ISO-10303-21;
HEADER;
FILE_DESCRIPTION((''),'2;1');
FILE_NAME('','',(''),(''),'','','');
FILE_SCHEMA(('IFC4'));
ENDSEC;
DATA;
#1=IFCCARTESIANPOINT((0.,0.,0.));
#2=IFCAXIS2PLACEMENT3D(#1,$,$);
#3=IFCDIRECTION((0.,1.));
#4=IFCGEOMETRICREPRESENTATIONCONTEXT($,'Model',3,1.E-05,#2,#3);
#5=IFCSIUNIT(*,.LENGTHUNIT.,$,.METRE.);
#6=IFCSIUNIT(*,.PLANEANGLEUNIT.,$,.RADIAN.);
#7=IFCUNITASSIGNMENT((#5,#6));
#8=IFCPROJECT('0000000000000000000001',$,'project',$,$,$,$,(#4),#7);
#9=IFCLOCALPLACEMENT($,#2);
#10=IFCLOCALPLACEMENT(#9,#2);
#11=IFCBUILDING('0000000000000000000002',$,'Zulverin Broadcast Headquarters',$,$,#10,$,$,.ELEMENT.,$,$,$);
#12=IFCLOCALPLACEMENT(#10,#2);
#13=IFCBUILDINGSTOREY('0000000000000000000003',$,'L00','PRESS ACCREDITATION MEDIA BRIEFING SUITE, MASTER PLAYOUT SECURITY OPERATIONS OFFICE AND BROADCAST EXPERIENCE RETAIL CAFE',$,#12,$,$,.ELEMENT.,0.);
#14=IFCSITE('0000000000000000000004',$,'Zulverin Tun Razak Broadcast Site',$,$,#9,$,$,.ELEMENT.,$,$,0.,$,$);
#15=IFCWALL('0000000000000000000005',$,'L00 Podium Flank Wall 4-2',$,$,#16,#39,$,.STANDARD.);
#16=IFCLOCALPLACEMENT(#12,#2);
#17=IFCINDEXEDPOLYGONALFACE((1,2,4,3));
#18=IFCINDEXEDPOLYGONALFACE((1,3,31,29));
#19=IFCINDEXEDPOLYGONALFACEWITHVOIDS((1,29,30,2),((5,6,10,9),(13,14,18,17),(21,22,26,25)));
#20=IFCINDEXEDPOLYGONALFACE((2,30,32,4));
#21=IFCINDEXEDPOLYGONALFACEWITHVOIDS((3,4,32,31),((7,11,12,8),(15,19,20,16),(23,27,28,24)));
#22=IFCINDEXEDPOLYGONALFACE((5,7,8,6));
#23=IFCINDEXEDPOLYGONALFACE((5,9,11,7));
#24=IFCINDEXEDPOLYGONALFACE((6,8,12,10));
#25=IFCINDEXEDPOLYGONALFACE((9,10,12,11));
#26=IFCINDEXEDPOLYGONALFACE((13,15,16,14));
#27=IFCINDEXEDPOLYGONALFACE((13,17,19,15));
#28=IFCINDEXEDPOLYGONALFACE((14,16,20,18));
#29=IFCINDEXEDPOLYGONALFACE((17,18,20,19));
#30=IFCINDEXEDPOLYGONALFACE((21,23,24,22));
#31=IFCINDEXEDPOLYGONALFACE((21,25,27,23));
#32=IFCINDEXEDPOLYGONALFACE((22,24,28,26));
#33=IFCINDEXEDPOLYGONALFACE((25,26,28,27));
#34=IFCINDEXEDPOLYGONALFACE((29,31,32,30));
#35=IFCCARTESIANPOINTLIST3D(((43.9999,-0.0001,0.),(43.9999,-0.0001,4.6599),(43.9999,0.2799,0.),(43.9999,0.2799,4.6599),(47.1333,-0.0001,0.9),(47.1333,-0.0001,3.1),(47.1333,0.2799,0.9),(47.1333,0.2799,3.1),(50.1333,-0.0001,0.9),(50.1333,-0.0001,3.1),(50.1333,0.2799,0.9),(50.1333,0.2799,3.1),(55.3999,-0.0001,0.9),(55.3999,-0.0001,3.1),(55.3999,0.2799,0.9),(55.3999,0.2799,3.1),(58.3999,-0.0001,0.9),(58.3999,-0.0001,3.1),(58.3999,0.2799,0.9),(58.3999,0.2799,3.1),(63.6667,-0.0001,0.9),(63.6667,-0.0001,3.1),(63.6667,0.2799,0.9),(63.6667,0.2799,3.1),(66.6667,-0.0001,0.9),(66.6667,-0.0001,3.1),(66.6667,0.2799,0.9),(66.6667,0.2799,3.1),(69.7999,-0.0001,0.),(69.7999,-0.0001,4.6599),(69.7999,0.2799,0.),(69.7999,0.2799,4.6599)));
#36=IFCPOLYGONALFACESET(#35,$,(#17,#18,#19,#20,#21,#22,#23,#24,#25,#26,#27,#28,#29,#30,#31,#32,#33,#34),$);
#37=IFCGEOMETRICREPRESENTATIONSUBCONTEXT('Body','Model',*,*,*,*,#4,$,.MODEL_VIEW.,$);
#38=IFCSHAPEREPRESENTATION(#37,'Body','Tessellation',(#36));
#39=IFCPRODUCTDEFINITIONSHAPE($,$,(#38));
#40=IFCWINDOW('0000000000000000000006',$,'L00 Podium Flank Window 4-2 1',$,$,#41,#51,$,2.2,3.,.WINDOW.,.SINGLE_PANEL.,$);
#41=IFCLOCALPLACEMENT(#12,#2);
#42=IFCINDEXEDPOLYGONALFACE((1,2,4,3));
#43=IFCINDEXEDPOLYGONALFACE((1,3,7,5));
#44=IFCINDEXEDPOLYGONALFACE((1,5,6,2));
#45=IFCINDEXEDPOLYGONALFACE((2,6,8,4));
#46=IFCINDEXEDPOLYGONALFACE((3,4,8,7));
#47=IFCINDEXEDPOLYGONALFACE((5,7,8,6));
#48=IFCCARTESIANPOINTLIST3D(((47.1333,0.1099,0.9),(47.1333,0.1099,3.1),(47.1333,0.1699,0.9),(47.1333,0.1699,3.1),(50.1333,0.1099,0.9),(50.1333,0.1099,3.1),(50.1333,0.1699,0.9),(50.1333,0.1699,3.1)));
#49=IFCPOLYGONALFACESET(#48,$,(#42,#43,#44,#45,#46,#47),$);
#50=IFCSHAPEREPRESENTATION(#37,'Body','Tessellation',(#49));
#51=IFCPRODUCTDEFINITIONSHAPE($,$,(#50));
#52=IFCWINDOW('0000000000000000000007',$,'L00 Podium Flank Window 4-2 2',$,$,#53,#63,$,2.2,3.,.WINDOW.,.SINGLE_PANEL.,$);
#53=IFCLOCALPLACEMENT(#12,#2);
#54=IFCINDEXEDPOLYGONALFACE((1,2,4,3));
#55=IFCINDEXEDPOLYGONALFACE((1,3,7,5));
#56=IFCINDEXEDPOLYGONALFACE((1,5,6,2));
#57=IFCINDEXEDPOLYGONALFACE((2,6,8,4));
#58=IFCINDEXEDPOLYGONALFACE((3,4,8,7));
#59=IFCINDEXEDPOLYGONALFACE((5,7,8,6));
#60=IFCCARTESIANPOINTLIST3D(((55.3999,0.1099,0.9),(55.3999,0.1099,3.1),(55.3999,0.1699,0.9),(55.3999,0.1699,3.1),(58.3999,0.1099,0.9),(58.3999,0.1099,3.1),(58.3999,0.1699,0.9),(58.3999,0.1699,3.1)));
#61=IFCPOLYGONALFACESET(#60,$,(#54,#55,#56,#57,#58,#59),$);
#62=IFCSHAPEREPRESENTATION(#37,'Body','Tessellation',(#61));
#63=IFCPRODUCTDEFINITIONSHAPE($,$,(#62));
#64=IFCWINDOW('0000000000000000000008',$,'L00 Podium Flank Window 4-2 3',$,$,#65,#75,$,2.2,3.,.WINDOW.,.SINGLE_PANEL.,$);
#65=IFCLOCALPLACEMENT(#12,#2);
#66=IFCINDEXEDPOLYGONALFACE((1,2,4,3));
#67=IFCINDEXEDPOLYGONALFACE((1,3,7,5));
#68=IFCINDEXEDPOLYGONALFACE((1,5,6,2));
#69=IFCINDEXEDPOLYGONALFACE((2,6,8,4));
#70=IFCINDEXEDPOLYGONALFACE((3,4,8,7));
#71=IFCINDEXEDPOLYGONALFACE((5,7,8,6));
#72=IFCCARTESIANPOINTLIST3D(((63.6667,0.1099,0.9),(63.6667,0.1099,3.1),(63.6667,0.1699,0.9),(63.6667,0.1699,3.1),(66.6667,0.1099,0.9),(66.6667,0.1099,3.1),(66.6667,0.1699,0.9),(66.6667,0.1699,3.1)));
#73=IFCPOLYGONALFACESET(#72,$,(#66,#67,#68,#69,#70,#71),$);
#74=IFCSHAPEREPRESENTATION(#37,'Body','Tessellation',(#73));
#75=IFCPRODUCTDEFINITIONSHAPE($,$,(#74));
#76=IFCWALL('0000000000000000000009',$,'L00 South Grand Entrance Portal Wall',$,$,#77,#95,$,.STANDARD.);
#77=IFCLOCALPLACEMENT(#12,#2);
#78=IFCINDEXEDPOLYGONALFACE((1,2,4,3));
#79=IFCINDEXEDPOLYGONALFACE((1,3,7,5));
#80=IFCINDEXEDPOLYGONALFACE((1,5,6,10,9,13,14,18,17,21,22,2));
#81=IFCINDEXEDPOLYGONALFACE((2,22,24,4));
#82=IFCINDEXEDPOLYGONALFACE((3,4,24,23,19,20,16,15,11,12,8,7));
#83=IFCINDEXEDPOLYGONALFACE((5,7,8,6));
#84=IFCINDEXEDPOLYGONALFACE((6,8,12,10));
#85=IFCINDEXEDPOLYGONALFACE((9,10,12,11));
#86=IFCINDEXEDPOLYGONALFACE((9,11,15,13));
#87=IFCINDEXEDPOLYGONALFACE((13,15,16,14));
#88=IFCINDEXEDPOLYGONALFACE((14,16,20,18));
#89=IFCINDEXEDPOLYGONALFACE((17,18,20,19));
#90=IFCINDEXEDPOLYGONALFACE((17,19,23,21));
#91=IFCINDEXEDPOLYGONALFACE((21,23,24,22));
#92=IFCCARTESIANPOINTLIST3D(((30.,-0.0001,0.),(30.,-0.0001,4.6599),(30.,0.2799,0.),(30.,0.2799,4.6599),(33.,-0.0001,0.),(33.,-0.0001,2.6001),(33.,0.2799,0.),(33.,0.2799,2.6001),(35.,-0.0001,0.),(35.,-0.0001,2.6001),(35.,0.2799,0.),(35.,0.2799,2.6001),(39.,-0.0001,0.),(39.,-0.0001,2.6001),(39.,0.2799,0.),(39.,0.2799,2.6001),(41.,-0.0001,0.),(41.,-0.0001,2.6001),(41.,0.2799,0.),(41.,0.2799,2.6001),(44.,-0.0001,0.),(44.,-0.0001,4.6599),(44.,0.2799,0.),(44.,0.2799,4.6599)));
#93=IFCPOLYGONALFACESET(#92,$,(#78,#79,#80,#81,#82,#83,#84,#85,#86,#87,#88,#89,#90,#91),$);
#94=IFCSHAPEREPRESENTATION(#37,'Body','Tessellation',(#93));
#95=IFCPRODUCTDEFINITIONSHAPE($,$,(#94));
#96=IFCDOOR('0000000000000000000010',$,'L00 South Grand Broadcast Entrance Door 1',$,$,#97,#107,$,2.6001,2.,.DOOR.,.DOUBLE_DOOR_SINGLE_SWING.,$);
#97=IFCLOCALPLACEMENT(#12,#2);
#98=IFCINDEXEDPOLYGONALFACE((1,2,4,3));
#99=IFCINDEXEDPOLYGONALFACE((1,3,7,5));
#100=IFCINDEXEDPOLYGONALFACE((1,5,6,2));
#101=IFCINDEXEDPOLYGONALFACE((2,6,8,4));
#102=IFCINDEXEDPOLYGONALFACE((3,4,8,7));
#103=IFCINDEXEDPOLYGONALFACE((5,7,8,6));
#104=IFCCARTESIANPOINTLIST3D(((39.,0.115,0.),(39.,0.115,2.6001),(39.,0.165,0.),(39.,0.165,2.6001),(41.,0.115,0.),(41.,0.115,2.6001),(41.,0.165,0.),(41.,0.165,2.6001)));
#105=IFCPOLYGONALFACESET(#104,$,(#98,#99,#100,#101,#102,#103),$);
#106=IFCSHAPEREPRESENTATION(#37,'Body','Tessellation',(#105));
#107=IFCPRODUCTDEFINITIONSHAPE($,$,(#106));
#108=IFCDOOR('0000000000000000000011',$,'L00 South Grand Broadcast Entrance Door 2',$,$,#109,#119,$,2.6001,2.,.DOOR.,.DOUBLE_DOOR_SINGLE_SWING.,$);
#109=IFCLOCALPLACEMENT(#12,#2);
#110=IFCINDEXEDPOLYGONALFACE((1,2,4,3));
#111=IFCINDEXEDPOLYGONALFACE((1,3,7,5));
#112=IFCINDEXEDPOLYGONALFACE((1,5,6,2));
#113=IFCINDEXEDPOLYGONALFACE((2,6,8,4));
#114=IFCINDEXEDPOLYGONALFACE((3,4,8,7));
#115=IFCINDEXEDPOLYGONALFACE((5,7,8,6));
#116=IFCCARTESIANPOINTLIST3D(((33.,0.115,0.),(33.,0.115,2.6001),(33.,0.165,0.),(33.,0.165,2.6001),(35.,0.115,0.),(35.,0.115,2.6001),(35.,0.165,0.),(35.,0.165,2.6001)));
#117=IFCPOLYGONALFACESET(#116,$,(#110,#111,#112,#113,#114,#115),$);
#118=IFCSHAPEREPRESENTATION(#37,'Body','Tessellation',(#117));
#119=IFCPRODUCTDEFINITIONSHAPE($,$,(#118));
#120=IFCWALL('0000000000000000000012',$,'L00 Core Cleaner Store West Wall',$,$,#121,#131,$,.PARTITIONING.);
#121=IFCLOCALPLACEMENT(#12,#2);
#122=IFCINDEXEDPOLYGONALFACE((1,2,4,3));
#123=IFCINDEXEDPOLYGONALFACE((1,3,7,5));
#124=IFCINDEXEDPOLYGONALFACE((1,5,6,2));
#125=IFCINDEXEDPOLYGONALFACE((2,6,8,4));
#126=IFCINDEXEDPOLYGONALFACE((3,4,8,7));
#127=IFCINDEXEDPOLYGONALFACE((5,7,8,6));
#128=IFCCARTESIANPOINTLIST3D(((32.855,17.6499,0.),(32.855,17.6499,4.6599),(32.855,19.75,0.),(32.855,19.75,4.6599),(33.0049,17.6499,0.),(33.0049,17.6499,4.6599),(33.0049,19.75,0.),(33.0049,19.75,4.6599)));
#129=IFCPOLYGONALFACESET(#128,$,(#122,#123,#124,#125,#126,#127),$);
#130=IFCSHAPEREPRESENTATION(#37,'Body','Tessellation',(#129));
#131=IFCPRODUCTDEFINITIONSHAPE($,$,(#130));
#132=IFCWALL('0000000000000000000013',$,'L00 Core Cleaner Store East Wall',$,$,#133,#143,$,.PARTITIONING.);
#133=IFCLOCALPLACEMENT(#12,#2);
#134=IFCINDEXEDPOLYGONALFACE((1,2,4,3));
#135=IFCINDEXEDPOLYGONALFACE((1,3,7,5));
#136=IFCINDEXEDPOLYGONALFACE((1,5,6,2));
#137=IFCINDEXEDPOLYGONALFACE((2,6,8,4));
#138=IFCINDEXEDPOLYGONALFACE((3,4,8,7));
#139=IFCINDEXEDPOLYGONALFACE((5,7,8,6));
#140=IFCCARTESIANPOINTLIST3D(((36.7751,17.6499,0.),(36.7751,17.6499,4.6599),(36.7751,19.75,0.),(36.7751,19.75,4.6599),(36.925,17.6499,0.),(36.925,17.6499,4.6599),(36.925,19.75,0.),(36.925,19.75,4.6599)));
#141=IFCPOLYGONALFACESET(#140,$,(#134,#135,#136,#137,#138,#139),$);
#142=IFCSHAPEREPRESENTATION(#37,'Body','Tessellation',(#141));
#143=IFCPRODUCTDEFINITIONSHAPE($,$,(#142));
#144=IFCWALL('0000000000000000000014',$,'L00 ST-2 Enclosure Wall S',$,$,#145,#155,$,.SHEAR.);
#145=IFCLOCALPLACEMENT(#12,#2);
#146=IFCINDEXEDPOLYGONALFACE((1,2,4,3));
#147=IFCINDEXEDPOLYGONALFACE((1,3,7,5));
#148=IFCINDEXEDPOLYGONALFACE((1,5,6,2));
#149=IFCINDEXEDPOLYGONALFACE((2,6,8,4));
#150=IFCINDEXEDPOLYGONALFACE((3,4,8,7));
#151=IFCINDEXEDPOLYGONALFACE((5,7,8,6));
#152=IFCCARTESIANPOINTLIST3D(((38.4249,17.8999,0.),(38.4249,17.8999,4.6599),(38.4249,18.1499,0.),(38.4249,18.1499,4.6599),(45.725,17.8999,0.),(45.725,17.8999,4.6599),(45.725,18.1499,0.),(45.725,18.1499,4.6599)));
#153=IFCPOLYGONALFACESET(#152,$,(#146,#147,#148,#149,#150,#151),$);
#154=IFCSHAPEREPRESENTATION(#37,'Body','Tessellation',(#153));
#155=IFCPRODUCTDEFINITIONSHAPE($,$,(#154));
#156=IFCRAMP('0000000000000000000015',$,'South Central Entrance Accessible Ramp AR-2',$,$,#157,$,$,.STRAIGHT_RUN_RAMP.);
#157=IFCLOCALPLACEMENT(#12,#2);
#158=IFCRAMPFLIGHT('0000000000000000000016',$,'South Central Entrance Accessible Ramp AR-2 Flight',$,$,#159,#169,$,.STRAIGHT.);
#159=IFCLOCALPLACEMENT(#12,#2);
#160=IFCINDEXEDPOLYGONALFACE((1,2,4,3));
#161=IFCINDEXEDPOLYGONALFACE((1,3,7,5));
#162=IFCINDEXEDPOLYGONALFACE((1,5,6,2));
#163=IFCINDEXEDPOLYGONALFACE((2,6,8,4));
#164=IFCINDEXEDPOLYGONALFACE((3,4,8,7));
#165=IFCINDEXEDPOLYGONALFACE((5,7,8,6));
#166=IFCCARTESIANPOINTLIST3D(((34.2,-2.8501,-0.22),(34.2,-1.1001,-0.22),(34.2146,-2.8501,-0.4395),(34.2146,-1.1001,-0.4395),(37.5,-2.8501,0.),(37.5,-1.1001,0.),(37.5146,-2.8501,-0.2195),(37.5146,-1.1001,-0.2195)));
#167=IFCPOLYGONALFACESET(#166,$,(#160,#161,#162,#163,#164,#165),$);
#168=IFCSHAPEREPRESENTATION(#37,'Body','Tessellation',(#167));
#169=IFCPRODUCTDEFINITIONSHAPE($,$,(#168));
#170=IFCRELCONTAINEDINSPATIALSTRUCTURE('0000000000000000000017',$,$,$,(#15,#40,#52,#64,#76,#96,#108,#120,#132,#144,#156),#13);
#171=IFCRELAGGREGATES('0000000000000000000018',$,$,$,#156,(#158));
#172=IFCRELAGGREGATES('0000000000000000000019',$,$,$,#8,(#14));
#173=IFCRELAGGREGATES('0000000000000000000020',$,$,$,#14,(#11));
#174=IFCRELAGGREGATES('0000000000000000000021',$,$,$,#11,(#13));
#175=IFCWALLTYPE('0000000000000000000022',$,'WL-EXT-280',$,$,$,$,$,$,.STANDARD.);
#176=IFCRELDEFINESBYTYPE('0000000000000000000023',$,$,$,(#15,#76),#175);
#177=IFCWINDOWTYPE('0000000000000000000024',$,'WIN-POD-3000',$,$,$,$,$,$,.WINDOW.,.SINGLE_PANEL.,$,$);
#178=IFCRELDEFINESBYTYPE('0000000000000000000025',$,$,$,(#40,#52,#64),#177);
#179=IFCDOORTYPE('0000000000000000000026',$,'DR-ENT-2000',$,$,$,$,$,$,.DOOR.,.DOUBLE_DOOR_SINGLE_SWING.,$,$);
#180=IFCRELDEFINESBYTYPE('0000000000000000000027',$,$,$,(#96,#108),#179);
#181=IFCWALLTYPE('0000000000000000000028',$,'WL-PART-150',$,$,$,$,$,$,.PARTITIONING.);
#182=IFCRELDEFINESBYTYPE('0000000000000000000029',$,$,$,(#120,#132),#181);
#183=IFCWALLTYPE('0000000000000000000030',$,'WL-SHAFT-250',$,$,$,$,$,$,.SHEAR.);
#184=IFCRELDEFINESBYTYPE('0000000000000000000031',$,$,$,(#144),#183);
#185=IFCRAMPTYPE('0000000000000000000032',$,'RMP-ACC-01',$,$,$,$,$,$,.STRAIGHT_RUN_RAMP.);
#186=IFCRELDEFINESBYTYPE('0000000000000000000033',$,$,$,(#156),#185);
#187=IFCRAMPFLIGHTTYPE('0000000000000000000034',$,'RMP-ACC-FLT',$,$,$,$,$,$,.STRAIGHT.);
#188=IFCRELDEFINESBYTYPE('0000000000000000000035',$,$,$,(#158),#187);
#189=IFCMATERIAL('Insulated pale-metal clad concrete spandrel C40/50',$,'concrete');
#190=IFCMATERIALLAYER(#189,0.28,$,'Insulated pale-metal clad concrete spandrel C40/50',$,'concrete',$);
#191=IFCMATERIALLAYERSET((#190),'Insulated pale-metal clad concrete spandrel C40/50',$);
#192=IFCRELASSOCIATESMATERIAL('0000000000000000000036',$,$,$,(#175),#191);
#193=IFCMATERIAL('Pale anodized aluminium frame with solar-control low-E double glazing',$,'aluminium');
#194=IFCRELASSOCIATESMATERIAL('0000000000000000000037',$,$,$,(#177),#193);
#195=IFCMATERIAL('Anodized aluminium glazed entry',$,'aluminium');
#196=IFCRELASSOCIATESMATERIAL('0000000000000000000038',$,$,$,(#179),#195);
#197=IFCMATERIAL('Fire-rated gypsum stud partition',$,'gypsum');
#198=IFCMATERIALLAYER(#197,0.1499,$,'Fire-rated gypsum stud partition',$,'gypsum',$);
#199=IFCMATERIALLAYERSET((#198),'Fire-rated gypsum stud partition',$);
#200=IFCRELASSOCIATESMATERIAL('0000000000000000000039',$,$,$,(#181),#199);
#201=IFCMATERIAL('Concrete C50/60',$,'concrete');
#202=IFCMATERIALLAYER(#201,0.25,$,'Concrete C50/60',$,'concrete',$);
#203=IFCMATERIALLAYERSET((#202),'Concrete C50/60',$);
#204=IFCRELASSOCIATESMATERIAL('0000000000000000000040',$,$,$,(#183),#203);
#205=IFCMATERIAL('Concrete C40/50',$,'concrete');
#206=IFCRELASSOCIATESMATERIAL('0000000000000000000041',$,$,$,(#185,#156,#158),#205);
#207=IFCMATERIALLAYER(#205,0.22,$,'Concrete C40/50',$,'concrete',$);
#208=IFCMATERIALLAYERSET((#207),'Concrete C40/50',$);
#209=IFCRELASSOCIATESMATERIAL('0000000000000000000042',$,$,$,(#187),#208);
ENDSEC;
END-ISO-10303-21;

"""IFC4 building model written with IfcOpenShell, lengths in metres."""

from ifc_helpers import new_model, si_unit, direction, frame, frame_2d, origin, place, context, subcontext, project, spatial, polyline, rectangle, outline, extrude, material, layer, layer_set, type_object, element, fill, aggregate, save


model = new_model("IFC4")

# Units and contexts
model_context = context("Model", 3, precision=1e-05, world=origin(), true_north=direction((0.0, 1.0)))
body_context = subcontext(model_context, "Body", "Model", "MODEL_VIEW")
ifc_project = project(units=[si_unit("LENGTHUNIT", "METRE"), si_unit("PLANEANGLEUNIT", "RADIAN")], contexts=[model_context])

# Site, building, storey
site_placement = place(None, origin())
site = spatial("IfcSite", under=ifc_project, at=site_placement, Name="Zulverin Tun Razak Broadcast Site", CompositionType="ELEMENT", RefElevation=0.0)
building_placement = place(site_placement, origin())
building = spatial("IfcBuilding", under=site, at=building_placement, Name="Zulverin Broadcast Headquarters", CompositionType="ELEMENT")
storey_placement = place(building_placement, origin())
storey = spatial("IfcBuildingStorey", under=building, at=storey_placement, Name="L00", Description="PRESS ACCREDITATION MEDIA BRIEFING SUITE, MASTER PLAYOUT SECURITY OPERATIONS OFFICE AND BROADCAST EXPERIENCE RETAIL CAFE", CompositionType="ELEMENT", Elevation=0.0)

# Shared definitions
ifc_material_1 = material(Name="Concrete C50/60", Category="concrete")

# Wall, openings, windows
ifc_material_2 = material(Name="Insulated pale-metal clad concrete spandrel C40/50", Category="concrete")
ifc_layer_1 = layer(ifc_material_2, 0.28, Name="Insulated pale-metal clad concrete spandrel C40/50", Category="concrete")
ifc_layer_set_1 = layer_set([ifc_layer_1], Name="Insulated pale-metal clad concrete spandrel C40/50")
wall_type_1 = type_object("IfcWallType", Name="WL-EXT-280", PredefinedType="STANDARD", material=ifc_layer_set_1)
wall_1_placement = place(storey_placement, frame((44.0, 0.1399, 0.0), z_axis=(0.0, 0.0, 1.0), x_axis=(1.0, 0.0, 0.0)))
wall_1 = element("IfcWall", 1, at=wall_1_placement, inside=storey, type_object=wall_type_1, Name="L00 Podium Flank Wall 4-2", PredefinedType="STANDARD", context=body_context, shape_type="SweptSolid", body=[
    extrude(rectangle(XDim=25.8, YDim=0.28, at=frame_2d((12.8999, 0.0))), origin(), (0.0, 0.0, 1.0), 4.6599),
])
opening_1_placement = place(wall_1_placement, frame((3.1333, 0.0, 0.8999)))
opening_1 = element("IfcOpeningElement", 2, at=opening_1_placement, cuts=wall_1, PredefinedType="OPENING", context=body_context, shape_type="SweptSolid", body=[
    extrude(rectangle(XDim=3.0, YDim=2.2, at=frame_2d((1.5, 1.1001))), frame((0.0, 0.1499, 0.0), z_axis=(0.0, -1.0, 0.0), x_axis=(1.0, 0.0, 0.0)), (0.0, 0.0, 1.0), 0.3),
])
opening_2_placement = place(wall_1_placement, frame((11.3999, 0.0, 0.8999)))
opening_2 = element("IfcOpeningElement", 3, at=opening_2_placement, cuts=wall_1, PredefinedType="OPENING", context=body_context, shape_type="SweptSolid", body=[
    extrude(rectangle(XDim=3.0, YDim=2.2, at=frame_2d((1.5, 1.1001))), frame((0.0, 0.1499, 0.0), z_axis=(0.0, -1.0, 0.0), x_axis=(1.0, 0.0, 0.0)), (0.0, 0.0, 1.0), 0.3),
])
opening_3_placement = place(wall_1_placement, frame((19.6667, 0.0, 0.8999)))
opening_3 = element("IfcOpeningElement", 4, at=opening_3_placement, cuts=wall_1, PredefinedType="OPENING", context=body_context, shape_type="SweptSolid", body=[
    extrude(rectangle(XDim=3.0, YDim=2.2, at=frame_2d((1.5, 1.1001))), frame((0.0, 0.1499, 0.0), z_axis=(0.0, -1.0, 0.0), x_axis=(1.0, 0.0, 0.0)), (0.0, 0.0, 1.0), 0.3),
])
ifc_material_3 = material(Name="Pale anodized aluminium frame with solar-control low-E double glazing", Category="aluminium")
window_type = type_object("IfcWindowType", Name="WIN-POD-3000", PartitioningType="SINGLE_PANEL", PredefinedType="WINDOW", material=ifc_material_3)
window_1_placement = place(opening_1_placement, origin())
window_1 = element("IfcWindow", 5, at=window_1_placement, inside=storey, type_object=window_type, Name="L00 Podium Flank Window 4-2 1", OverallHeight=2.2, OverallWidth=3.0, PartitioningType="SINGLE_PANEL", PredefinedType="WINDOW", context=body_context, shape_type="SweptSolid", body=[
    extrude(rectangle(XDim=3.0, YDim=2.2, at=frame_2d((1.5, 1.1001))), frame((0.0, 0.03, 0.0), z_axis=(0.0, -1.0, 0.0), x_axis=(1.0, 0.0, 0.0)), (0.0, 0.0, 1.0), 0.0601),
])
fill(opening_1, window_1)
window_2_placement = place(opening_2_placement, origin())
window_2 = element("IfcWindow", 6, at=window_2_placement, inside=storey, type_object=window_type, Name="L00 Podium Flank Window 4-2 2", OverallHeight=2.2, OverallWidth=3.0, PartitioningType="SINGLE_PANEL", PredefinedType="WINDOW", context=body_context, shape_type="SweptSolid", body=[
    extrude(rectangle(XDim=3.0, YDim=2.2, at=frame_2d((1.5, 1.1001))), frame((0.0, 0.03, 0.0), z_axis=(0.0, -1.0, 0.0), x_axis=(1.0, 0.0, 0.0)), (0.0, 0.0, 1.0), 0.0601),
])
fill(opening_2, window_2)
window_3_placement = place(opening_3_placement, origin())
window_3 = element("IfcWindow", 7, at=window_3_placement, inside=storey, type_object=window_type, Name="L00 Podium Flank Window 4-2 3", OverallHeight=2.2, OverallWidth=3.0, PartitioningType="SINGLE_PANEL", PredefinedType="WINDOW", context=body_context, shape_type="SweptSolid", body=[
    extrude(rectangle(XDim=3.0, YDim=2.2, at=frame_2d((1.5, 1.1001))), frame((0.0, 0.03, 0.0), z_axis=(0.0, -1.0, 0.0), x_axis=(1.0, 0.0, 0.0)), (0.0, 0.0, 1.0), 0.0601),
])
fill(opening_3, window_3)

# Wall, openings, doors
wall_2_placement = place(storey_placement, frame((44.0, 0.1399, 0.0), z_axis=(0.0, 0.0, 1.0), x_axis=(-1.0, 0.0, 0.0)))
wall_2 = element("IfcWall", 8, at=wall_2_placement, inside=storey, type_object=wall_type_1, Name="L00 South Grand Entrance Portal Wall", PredefinedType="STANDARD", context=body_context, shape_type="SweptSolid", body=[
    extrude(rectangle(XDim=14.0, YDim=0.28, at=frame_2d((7.0, 0.0))), origin(), (0.0, 0.0, 1.0), 4.6599),
])
opening_4_placement = place(wall_2_placement, frame((3.0, 0.0, 0.0)))
opening_4 = element("IfcOpeningElement", 9, at=opening_4_placement, cuts=wall_2, PredefinedType="OPENING", context=body_context, shape_type="SweptSolid", body=[
    extrude(rectangle(XDim=2.0, YDim=2.6001, at=frame_2d((1.0, 1.3))), frame((0.0, 0.1499, 0.0), z_axis=(0.0, -1.0, 0.0), x_axis=(1.0, 0.0, 0.0)), (0.0, 0.0, 1.0), 0.3),
])
opening_5_placement = place(wall_2_placement, frame((9.0, 0.0, 0.0)))
opening_5 = element("IfcOpeningElement", 10, at=opening_5_placement, cuts=wall_2, PredefinedType="OPENING", context=body_context, shape_type="SweptSolid", body=[
    extrude(rectangle(XDim=2.0, YDim=2.6001, at=frame_2d((1.0, 1.3))), frame((0.0, 0.1499, 0.0), z_axis=(0.0, -1.0, 0.0), x_axis=(1.0, 0.0, 0.0)), (0.0, 0.0, 1.0), 0.3),
])
ifc_material_4 = material(Name="Anodized aluminium glazed entry", Category="aluminium")
door_type_1 = type_object("IfcDoorType", Name="DR-ENT-2000", OperationType="DOUBLE_DOOR_SINGLE_SWING", PredefinedType="DOOR", material=ifc_material_4)
door_1_placement = place(opening_4_placement, origin())
door_1 = element("IfcDoor", 11, at=door_1_placement, inside=storey, type_object=door_type_1, Name="L00 South Grand Broadcast Entrance Door 1", OperationType="DOUBLE_DOOR_SINGLE_SWING", OverallHeight=2.6001, OverallWidth=2.0, PredefinedType="DOOR", context=body_context, shape_type="SweptSolid", body=[
    extrude(rectangle(XDim=2.0, YDim=2.6001, at=frame_2d((1.0, 1.3))), frame((0.0, 0.0249, 0.0), z_axis=(0.0, -1.0, 0.0), x_axis=(1.0, 0.0, 0.0)), (0.0, 0.0, 1.0), 0.05),
])
fill(opening_4, door_1)
door_2_placement = place(opening_5_placement, origin())
door_2 = element("IfcDoor", 12, at=door_2_placement, inside=storey, type_object=door_type_1, Name="L00 South Grand Broadcast Entrance Door 2", OperationType="DOUBLE_DOOR_SINGLE_SWING", OverallHeight=2.6001, OverallWidth=2.0, PredefinedType="DOOR", context=body_context, shape_type="SweptSolid", body=[
    extrude(rectangle(XDim=2.0, YDim=2.6001, at=frame_2d((1.0, 1.3))), frame((0.0, 0.0249, 0.0), z_axis=(0.0, -1.0, 0.0), x_axis=(1.0, 0.0, 0.0)), (0.0, 0.0, 1.0), 0.05),
])
fill(opening_5, door_2)

# Walls
ifc_material_5 = material(Name="Fire-rated gypsum stud partition", Category="gypsum")
ifc_layer_2 = layer(ifc_material_5, 0.1499, Name="Fire-rated gypsum stud partition", Category="gypsum")
ifc_layer_set_2 = layer_set([ifc_layer_2], Name="Fire-rated gypsum stud partition")
wall_type_2 = type_object("IfcWallType", Name="WL-PART-150", PredefinedType="PARTITIONING", material=ifc_layer_set_2)
for number, where, z_axis, x_axis, name in (
    (13, (32.9299, 17.6499, 0.0), (0.0, 0.0, 1.0), (0.0, 1.0, 0.0), "L00 Core Cleaner Store West Wall"),
    (14, (36.8501, 17.6499, 0.0), (0.0, 0.0, 1.0), (0.0, 1.0, 0.0), "L00 Core Cleaner Store East Wall"),
):
    element("IfcWall", number, at=place(storey_placement, frame(where, z_axis=z_axis, x_axis=x_axis)), inside=storey, type_object=wall_type_2, Name=name, PredefinedType="PARTITIONING", context=body_context, shape_type="SweptSolid", body=[
        extrude(rectangle(XDim=2.1001, YDim=0.1499, at=frame_2d((1.05, 0.0))), origin(), (0.0, 0.0, 1.0), 4.6599),
    ])
ifc_layer_3 = layer(ifc_material_1, 0.25, Name="Concrete C50/60", Category="concrete")
ifc_layer_set_3 = layer_set([ifc_layer_3], Name="Concrete C50/60")
wall_type_3 = type_object("IfcWallType", Name="WL-SHAFT-250", PredefinedType="SHEAR", material=ifc_layer_set_3)
wall_3_placement = place(storey_placement, frame((38.425, 18.0249, 0.0), z_axis=(0.0, 0.0, 1.0), x_axis=(1.0, 0.0, 0.0)))
element("IfcWall", 15, at=wall_3_placement, inside=storey, type_object=wall_type_3, Name="L00 ST-2 Enclosure Wall S", PredefinedType="SHEAR", context=body_context, shape_type="SweptSolid", body=[
    extrude(rectangle(XDim=7.3, YDim=0.25, at=frame_2d((3.6499, 0.0))), origin(), (0.0, 0.0, 1.0), 4.6599),
])

# Ramp, ramp flight
ifc_material_6 = material(Name="Concrete C40/50", Category="concrete")
ramp_type = type_object("IfcRampType", Name="RMP-ACC-01", PredefinedType="STRAIGHT_RUN_RAMP", material=ifc_material_6)
ramp_placement = place(storey_placement, origin())
ramp = element("IfcRamp", 16, at=ramp_placement, inside=storey, type_object=ramp_type, material=ifc_material_6, Name="South Central Entrance Accessible Ramp AR-2", PredefinedType="STRAIGHT_RUN_RAMP")
ifc_layer_4 = layer(ifc_material_6, 0.22, Name="Concrete C40/50", Category="concrete")
ifc_layer_set_4 = layer_set([ifc_layer_4], Name="Concrete C40/50")
ramp_flight_type = type_object("IfcRampFlightType", Name="RMP-ACC-FLT", PredefinedType="STRAIGHT", material=ifc_layer_set_4)
ramp_flight_placement = place(storey_placement, frame((34.2, -2.8501, -0.22), z_axis=(-0.066509, 0.0, 0.997786), x_axis=(0.997786, 0.0, 0.066509)))
ramp_flight = element("IfcRampFlight", 17, at=ramp_flight_placement, type_object=ramp_flight_type, material=ifc_material_6, Name="South Central Entrance Accessible Ramp AR-2 Flight", PredefinedType="STRAIGHT", context=body_context, shape_type="SweptSolid", body=[
    extrude(outline(polyline([(0.0, 0.0), (3.3074, 0.0), (3.3074, 1.75), (0.0, 1.75), (0.0, 0.0)])), origin(), (0.0, 0.0, -1.0), 0.22),
])
aggregate(ramp, [ramp_flight])

save(model, "model.ifc")
